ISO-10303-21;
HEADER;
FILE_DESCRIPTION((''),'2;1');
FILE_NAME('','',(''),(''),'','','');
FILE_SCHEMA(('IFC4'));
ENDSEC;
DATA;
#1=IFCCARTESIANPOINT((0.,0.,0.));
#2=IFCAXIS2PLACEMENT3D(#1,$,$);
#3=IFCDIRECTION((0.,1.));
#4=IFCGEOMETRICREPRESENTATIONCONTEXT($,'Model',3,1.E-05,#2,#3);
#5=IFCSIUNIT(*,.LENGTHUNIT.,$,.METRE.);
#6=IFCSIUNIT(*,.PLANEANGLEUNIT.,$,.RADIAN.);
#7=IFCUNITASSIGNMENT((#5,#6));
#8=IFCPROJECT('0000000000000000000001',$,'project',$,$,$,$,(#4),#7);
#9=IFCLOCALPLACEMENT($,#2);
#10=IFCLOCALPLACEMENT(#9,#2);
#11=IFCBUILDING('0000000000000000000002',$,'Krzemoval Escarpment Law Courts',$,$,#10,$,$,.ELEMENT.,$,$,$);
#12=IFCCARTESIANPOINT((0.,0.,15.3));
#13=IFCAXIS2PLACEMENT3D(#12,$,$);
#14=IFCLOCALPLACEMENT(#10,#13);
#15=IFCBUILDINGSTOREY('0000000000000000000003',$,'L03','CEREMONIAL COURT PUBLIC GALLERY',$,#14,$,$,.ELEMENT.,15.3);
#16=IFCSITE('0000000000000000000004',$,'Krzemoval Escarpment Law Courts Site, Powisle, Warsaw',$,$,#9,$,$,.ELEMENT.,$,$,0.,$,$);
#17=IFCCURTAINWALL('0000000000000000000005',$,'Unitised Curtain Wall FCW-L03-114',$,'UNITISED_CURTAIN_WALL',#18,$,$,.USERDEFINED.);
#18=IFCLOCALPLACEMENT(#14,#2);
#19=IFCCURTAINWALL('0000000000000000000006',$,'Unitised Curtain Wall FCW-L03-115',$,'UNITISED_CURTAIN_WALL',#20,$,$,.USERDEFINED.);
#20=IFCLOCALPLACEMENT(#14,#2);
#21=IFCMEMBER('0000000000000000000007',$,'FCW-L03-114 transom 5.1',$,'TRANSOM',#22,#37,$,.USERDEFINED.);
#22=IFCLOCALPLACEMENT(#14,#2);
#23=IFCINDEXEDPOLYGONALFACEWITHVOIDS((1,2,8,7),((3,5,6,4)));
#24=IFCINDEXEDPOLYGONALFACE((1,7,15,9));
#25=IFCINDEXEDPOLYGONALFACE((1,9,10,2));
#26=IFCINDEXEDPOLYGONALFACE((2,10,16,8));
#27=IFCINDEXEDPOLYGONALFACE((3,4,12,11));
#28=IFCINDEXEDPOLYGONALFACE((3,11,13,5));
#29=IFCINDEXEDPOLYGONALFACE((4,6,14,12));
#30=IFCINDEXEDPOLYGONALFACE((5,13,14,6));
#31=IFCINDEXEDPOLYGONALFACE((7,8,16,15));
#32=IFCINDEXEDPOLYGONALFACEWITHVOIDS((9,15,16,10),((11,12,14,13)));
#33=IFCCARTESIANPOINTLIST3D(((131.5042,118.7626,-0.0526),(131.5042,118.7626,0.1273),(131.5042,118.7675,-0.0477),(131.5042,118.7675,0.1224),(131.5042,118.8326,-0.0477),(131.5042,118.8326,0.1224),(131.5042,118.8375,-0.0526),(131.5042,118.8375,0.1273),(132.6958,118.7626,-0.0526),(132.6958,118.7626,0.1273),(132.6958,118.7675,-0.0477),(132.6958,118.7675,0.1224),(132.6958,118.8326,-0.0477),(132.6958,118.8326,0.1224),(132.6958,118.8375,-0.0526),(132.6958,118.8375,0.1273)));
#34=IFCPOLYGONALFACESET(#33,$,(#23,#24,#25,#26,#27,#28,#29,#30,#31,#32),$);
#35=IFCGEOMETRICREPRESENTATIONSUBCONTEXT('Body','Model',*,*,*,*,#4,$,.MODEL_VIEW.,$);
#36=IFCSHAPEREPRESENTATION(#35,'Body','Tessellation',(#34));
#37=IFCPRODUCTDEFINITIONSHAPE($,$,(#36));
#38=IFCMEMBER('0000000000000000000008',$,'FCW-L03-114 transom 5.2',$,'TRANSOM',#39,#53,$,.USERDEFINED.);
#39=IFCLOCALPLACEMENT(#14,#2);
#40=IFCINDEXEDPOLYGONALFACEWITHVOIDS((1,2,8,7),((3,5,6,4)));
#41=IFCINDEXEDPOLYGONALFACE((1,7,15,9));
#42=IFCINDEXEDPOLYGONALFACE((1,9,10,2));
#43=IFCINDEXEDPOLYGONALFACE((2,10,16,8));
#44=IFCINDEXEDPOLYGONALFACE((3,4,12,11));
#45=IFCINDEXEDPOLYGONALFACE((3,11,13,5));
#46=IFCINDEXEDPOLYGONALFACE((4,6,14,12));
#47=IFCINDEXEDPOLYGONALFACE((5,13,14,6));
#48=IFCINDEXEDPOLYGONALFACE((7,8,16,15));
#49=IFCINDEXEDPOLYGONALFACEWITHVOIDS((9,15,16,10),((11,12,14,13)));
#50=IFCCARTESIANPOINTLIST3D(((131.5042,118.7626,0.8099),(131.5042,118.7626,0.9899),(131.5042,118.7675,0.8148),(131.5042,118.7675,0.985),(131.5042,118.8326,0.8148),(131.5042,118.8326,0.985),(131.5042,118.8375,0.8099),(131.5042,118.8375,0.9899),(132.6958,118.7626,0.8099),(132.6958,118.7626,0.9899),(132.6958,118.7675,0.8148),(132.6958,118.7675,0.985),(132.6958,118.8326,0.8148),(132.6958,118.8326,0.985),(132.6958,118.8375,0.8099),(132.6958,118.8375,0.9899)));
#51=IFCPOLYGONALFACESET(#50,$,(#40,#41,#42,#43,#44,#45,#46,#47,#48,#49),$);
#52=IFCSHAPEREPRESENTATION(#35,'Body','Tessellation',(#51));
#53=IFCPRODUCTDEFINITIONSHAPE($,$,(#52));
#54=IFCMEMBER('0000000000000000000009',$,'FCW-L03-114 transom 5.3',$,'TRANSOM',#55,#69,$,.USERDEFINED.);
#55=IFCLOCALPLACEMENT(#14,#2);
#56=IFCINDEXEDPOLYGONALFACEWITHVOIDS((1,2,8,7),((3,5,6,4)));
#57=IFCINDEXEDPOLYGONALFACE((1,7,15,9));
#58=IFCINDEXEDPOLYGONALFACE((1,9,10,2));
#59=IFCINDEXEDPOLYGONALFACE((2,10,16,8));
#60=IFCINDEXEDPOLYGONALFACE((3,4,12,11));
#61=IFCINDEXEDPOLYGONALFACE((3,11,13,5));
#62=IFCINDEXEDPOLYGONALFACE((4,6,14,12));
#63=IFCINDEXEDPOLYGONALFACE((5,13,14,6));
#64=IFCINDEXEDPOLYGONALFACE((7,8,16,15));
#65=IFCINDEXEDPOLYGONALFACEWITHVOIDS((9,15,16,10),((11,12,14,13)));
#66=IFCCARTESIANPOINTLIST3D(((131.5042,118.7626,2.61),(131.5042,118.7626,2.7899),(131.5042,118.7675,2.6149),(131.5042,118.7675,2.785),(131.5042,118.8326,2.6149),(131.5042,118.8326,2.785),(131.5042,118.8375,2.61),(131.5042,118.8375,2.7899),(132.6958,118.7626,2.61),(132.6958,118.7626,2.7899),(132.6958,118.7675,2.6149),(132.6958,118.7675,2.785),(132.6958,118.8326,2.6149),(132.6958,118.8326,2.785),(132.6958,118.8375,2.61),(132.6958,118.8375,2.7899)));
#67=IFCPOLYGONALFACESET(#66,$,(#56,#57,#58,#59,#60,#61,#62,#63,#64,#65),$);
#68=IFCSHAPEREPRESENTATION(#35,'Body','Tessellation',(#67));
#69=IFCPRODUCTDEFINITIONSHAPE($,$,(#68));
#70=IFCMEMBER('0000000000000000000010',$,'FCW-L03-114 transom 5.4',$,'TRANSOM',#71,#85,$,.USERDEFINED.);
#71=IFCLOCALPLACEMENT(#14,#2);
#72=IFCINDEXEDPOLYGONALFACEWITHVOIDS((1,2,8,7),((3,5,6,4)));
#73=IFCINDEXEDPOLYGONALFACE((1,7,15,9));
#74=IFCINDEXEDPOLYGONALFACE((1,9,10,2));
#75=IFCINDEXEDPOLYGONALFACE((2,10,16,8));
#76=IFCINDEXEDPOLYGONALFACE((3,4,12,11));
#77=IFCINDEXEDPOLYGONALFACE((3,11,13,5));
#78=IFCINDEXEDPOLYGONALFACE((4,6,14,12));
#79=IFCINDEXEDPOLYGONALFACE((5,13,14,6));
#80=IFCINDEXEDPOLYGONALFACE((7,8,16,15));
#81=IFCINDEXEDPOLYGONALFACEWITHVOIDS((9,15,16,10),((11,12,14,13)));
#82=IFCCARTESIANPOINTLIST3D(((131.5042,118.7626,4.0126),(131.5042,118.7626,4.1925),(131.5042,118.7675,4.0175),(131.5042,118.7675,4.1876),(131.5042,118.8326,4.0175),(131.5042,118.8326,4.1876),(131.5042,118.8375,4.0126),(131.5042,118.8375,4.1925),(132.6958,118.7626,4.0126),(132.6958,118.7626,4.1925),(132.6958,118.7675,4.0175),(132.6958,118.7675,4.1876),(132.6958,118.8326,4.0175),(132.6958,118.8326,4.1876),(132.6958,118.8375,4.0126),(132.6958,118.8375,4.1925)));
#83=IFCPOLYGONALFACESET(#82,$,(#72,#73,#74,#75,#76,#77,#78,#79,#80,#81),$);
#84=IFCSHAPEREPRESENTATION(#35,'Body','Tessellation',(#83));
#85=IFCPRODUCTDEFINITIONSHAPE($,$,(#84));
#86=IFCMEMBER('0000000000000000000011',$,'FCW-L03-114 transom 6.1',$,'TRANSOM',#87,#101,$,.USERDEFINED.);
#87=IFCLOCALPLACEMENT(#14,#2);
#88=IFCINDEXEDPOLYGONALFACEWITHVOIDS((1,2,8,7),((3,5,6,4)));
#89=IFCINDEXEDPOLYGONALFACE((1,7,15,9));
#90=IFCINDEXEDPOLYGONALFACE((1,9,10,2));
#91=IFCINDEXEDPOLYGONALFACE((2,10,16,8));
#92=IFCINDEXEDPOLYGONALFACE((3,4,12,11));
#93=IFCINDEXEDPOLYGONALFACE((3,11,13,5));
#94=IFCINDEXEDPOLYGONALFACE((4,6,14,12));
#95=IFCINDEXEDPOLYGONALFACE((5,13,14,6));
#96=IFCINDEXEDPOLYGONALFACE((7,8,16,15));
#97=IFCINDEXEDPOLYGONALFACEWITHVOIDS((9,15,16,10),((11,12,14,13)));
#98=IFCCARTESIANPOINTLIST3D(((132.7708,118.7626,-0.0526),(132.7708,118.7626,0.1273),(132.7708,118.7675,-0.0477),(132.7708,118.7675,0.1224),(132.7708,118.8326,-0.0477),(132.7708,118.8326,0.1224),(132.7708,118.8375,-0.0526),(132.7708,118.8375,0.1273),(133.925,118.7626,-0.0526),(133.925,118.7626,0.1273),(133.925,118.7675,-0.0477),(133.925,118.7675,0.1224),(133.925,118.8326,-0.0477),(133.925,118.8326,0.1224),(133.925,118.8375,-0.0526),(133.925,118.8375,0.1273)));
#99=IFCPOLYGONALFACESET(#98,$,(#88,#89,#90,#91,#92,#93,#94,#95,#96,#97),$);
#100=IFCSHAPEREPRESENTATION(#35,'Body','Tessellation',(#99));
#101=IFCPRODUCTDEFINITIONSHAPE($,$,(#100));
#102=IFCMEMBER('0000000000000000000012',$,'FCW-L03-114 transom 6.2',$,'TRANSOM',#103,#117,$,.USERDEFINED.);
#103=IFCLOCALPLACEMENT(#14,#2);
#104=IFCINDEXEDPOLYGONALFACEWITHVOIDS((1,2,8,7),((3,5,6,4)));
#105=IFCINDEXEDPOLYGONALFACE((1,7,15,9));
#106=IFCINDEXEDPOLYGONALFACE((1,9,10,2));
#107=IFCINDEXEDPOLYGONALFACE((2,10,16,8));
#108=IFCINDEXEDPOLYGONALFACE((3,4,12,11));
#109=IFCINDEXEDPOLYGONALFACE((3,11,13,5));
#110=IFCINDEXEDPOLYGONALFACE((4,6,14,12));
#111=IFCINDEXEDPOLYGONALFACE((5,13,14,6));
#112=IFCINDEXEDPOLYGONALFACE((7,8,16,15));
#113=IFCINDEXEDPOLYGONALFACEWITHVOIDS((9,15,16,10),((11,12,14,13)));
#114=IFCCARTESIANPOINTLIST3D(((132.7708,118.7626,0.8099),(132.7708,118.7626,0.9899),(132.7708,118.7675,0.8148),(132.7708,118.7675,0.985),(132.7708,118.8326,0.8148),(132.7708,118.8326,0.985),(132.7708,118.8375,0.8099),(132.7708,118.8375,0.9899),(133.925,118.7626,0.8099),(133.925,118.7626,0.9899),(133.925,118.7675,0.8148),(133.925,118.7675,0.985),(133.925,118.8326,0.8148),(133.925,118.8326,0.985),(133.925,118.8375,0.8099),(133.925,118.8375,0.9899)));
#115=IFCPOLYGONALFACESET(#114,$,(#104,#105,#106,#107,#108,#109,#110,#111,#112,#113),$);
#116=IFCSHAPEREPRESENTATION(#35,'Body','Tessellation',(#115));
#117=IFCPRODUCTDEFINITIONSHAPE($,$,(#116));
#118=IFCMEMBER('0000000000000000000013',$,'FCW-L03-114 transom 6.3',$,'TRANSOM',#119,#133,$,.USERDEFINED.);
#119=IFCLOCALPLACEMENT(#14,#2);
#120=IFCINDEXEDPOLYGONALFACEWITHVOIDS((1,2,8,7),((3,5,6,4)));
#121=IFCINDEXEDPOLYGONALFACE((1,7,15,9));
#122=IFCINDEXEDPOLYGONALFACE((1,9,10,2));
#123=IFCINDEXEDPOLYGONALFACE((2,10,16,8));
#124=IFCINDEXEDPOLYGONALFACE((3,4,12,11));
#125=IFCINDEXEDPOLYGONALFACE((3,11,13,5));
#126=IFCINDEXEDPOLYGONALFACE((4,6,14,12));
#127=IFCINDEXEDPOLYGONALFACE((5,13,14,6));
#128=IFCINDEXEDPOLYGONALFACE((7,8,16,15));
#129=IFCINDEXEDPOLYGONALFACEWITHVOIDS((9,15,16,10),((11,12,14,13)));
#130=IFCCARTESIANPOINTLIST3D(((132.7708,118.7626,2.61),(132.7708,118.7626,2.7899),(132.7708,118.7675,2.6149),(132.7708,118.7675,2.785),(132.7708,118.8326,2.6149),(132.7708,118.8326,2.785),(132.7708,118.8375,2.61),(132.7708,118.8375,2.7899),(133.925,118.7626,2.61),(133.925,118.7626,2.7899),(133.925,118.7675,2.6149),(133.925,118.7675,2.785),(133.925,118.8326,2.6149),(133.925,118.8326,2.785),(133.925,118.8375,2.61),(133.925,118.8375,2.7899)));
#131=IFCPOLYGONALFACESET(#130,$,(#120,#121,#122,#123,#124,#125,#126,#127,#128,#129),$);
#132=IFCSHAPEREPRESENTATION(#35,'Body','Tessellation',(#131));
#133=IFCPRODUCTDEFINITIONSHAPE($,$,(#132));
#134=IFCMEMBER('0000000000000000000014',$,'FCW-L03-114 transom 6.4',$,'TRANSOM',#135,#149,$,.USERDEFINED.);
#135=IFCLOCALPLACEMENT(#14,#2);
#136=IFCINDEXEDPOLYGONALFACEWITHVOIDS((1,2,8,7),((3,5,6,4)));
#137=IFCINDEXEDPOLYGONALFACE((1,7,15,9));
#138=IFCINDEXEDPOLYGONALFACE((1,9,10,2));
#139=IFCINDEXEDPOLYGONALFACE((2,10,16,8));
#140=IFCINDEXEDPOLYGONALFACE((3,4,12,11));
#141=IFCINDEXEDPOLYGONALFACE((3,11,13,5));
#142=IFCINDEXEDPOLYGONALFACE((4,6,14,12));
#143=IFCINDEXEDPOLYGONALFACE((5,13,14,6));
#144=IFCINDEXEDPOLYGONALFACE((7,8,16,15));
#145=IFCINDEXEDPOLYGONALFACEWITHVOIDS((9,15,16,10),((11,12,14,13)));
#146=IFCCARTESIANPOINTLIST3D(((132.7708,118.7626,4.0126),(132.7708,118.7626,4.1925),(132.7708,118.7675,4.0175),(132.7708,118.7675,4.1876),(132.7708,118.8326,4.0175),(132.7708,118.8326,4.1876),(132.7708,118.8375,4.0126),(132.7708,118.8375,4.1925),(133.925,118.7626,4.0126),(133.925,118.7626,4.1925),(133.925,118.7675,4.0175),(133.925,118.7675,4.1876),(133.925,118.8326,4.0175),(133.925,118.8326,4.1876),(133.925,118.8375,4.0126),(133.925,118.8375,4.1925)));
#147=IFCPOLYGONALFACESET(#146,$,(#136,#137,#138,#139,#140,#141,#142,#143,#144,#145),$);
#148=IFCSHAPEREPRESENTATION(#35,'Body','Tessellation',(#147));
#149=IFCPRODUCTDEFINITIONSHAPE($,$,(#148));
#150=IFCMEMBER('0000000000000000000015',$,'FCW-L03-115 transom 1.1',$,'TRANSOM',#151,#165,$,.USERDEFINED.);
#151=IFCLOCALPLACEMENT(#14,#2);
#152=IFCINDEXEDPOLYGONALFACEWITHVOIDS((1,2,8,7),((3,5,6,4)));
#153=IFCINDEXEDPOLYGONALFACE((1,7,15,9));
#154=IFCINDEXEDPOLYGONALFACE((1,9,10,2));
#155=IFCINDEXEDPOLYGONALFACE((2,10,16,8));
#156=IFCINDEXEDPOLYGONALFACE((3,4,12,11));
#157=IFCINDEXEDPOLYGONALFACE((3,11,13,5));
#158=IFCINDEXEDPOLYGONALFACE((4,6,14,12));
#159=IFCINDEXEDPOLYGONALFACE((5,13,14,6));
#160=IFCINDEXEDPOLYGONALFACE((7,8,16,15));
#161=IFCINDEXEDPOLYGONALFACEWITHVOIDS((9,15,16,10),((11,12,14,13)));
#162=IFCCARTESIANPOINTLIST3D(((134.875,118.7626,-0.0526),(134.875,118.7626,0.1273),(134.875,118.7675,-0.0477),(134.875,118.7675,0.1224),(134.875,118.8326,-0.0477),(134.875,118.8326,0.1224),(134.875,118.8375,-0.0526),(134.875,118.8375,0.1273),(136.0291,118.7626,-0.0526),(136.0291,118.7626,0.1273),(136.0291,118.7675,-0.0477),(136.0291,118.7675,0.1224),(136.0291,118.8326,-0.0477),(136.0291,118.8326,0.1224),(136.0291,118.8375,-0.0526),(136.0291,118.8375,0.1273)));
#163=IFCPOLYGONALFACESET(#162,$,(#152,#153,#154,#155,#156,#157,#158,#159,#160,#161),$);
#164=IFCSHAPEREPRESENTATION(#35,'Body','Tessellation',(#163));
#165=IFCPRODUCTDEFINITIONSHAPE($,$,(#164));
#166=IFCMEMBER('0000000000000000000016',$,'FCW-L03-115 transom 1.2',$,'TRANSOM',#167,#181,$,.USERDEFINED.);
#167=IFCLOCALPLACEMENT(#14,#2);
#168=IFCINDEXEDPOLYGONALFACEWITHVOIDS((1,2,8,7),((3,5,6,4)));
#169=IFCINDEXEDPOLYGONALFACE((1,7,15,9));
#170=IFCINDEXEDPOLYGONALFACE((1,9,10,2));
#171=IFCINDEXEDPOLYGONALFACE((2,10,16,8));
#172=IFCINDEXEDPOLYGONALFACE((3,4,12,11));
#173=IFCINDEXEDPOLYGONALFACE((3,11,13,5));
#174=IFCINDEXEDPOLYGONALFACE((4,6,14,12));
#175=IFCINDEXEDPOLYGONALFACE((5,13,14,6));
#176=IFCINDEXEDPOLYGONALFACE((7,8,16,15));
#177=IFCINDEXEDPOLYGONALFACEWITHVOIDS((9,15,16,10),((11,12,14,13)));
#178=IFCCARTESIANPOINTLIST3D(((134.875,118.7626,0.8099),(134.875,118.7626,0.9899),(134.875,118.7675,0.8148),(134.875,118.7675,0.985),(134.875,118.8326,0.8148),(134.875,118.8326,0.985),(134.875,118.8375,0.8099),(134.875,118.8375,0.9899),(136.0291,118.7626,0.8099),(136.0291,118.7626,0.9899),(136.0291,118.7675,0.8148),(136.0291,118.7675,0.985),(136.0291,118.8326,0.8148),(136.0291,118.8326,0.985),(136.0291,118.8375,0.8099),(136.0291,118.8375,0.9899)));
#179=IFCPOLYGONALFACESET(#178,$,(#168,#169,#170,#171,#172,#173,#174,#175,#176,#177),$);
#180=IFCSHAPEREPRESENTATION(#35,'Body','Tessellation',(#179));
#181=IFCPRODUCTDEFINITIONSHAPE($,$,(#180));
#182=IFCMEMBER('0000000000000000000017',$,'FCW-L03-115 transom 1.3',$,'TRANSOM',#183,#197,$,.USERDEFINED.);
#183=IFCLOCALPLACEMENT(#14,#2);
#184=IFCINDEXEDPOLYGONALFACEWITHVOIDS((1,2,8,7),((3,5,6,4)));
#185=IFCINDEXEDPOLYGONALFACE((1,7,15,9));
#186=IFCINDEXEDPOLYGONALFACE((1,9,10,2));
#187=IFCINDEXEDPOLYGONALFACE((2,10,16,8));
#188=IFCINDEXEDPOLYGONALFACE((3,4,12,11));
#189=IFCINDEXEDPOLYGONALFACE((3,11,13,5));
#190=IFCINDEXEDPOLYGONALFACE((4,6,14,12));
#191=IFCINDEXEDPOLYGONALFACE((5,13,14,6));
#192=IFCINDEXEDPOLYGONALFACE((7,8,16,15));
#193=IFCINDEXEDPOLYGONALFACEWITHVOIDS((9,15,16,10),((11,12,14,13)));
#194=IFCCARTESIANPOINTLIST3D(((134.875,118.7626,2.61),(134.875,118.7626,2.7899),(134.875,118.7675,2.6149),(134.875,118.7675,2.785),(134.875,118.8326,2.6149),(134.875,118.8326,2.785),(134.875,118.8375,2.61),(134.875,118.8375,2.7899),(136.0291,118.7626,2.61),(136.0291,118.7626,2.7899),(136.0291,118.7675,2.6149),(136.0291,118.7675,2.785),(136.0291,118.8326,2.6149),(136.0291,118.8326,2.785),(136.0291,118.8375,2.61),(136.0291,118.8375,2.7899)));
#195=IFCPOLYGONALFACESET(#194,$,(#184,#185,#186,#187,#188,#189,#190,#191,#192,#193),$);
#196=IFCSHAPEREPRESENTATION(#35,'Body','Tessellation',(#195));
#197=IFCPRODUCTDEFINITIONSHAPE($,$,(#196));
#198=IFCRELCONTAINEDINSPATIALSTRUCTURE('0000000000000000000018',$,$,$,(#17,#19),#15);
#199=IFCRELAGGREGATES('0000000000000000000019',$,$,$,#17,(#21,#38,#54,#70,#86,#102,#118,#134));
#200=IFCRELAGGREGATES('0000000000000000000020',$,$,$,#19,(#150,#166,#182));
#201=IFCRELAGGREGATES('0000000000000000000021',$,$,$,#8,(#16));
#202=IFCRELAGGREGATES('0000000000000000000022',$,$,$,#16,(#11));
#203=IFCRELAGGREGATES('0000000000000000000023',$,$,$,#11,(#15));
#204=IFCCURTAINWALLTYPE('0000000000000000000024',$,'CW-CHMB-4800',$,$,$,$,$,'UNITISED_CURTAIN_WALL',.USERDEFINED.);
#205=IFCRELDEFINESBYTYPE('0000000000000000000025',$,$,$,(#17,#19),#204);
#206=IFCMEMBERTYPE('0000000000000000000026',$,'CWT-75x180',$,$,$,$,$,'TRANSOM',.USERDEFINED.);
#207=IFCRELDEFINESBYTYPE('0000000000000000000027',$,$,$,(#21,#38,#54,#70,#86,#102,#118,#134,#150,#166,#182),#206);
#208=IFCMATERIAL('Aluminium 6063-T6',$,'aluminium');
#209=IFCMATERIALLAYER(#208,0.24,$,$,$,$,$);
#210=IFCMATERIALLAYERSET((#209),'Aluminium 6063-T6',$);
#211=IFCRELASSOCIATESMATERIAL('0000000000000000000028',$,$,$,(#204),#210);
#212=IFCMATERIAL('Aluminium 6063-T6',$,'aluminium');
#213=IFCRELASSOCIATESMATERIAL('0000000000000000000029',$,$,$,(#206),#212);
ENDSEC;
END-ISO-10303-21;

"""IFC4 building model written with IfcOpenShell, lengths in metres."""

from ifc_helpers import new_model, si_unit, direction, frame, origin, origin_2d, place, context, subcontext, project, spatial, hollow_rectangle, extrude, material, layer, layer_set, material_profile, profile_set, type_object, element, aggregate, save


model = new_model("IFC4")

# Units and contexts
model_context = context("Model", 3, precision=1e-05, world=origin(), true_north=direction((0.0, 1.0)))
body_context = subcontext(model_context, "Body", "Model", "MODEL_VIEW")
ifc_project = project(units=[si_unit("LENGTHUNIT", "METRE"), si_unit("PLANEANGLEUNIT", "RADIAN")], contexts=[model_context])

# Site, building, storey
site_placement = place(None, origin())
site = spatial("IfcSite", under=ifc_project, at=site_placement, Name="Krzemoval Escarpment Law Courts Site, Powisle, Warsaw", CompositionType="ELEMENT", RefElevation=0.0)
building_placement = place(site_placement, origin())
building = spatial("IfcBuilding", under=site, at=building_placement, Name="Krzemoval Escarpment Law Courts", CompositionType="ELEMENT")
storey_placement = place(building_placement, frame((0.0, 0.0, 15.3)))
storey = spatial("IfcBuildingStorey", under=building, at=storey_placement, Name="L03", Description="CEREMONIAL COURT PUBLIC GALLERY", CompositionType="ELEMENT", Elevation=15.3)

# Curtain wall
ifc_material_1 = material(Name="Aluminium 6063-T6", Category="aluminium")
ifc_layer_1 = layer(ifc_material_1, 0.24)
ifc_layer_set_1 = layer_set([ifc_layer_1], Name="Aluminium 6063-T6")
curtain_wall_type = type_object("IfcCurtainWallType", Name="CW-CHMB-4800", ElementType="UNITISED_CURTAIN_WALL", PredefinedType="USERDEFINED", material=ifc_layer_set_1)
curtain_wall_1_placement = place(storey_placement, origin())
curtain_wall_1 = element("IfcCurtainWall", 1, at=curtain_wall_1_placement, inside=storey, type_object=curtain_wall_type, Name="Unitised Curtain Wall FCW-L03-114", ObjectType="UNITISED_CURTAIN_WALL", PredefinedType="USERDEFINED")

# Curtain wall
curtain_wall_2_placement = place(storey_placement, origin())
curtain_wall_2 = element("IfcCurtainWall", 2, at=curtain_wall_2_placement, inside=storey, type_object=curtain_wall_type, Name="Unitised Curtain Wall FCW-L03-115", ObjectType="UNITISED_CURTAIN_WALL", PredefinedType="USERDEFINED")

# Members
ifc_material_2 = material(Name="Aluminium 6063-T6", Category="aluminium")
ifc_material_profile_1 = material_profile(ifc_material_2, hollow_rectangle(XDim=0.075, YDim=0.1799, WallThickness=0.0049, at=origin_2d()), Name="ALU T75x180")
ifc_profile_set_1 = profile_set([ifc_material_profile_1], Name="Aluminium 6063-T6")
member_type_1 = type_object("IfcMemberType", Name="CWT-75x180", ElementType="TRANSOM", PredefinedType="USERDEFINED", material=ifc_profile_set_1)
member_1_placement = place(storey_placement, frame((131.5042, 118.8, 0.0374), z_axis=(1.0, 0.0, 0.0), x_axis=(0.0, 1.0, 0.0)))
member_1 = element("IfcMember", 3, at=member_1_placement, type_object=member_type_1, Name="FCW-L03-114 transom 5.1", ObjectType="TRANSOM", PredefinedType="USERDEFINED", context=body_context, shape_type="SweptSolid", body=[
    extrude(hollow_rectangle(XDim=0.075, YDim=0.1799, WallThickness=0.0049, at=origin_2d()), origin(), (0.0, 0.0, 1.0), 1.1917),
])
member_2_placement = place(storey_placement, frame((131.5042, 118.8, 0.8999), z_axis=(1.0, 0.0, 0.0), x_axis=(0.0, 1.0, 0.0)))
member_2 = element("IfcMember", 4, at=member_2_placement, type_object=member_type_1, Name="FCW-L03-114 transom 5.2", ObjectType="TRANSOM", PredefinedType="USERDEFINED", context=body_context, shape_type="SweptSolid", body=[
    extrude(hollow_rectangle(XDim=0.075, YDim=0.1799, WallThickness=0.0049, at=origin_2d()), origin(), (0.0, 0.0, 1.0), 1.1917),
])
member_3_placement = place(storey_placement, frame((131.5042, 118.8, 2.7), z_axis=(1.0, 0.0, 0.0), x_axis=(0.0, 1.0, 0.0)))
member_3 = element("IfcMember", 5, at=member_3_placement, type_object=member_type_1, Name="FCW-L03-114 transom 5.3", ObjectType="TRANSOM", PredefinedType="USERDEFINED", context=body_context, shape_type="SweptSolid", body=[
    extrude(hollow_rectangle(XDim=0.075, YDim=0.1799, WallThickness=0.0049, at=origin_2d()), origin(), (0.0, 0.0, 1.0), 1.1917),
])
member_4_placement = place(storey_placement, frame((131.5042, 118.8, 4.1025), z_axis=(1.0, 0.0, 0.0), x_axis=(0.0, 1.0, 0.0)))
member_4 = element("IfcMember", 6, at=member_4_placement, type_object=member_type_1, Name="FCW-L03-114 transom 5.4", ObjectType="TRANSOM", PredefinedType="USERDEFINED", context=body_context, shape_type="SweptSolid", body=[
    extrude(hollow_rectangle(XDim=0.075, YDim=0.1799, WallThickness=0.0049, at=origin_2d()), origin(), (0.0, 0.0, 1.0), 1.1917),
])
member_5_placement = place(storey_placement, frame((132.7708, 118.8, 0.0374), z_axis=(1.0, 0.0, 0.0), x_axis=(0.0, 1.0, 0.0)))
member_5 = element("IfcMember", 7, at=member_5_placement, type_object=member_type_1, Name="FCW-L03-114 transom 6.1", ObjectType="TRANSOM", PredefinedType="USERDEFINED", context=body_context, shape_type="SweptSolid", body=[
    extrude(hollow_rectangle(XDim=0.075, YDim=0.1799, WallThickness=0.0049, at=origin_2d()), origin(), (0.0, 0.0, 1.0), 1.1543),
])
member_6_placement = place(storey_placement, frame((132.7708, 118.8, 0.8999), z_axis=(1.0, 0.0, 0.0), x_axis=(0.0, 1.0, 0.0)))
member_6 = element("IfcMember", 8, at=member_6_placement, type_object=member_type_1, Name="FCW-L03-114 transom 6.2", ObjectType="TRANSOM", PredefinedType="USERDEFINED", context=body_context, shape_type="SweptSolid", body=[
    extrude(hollow_rectangle(XDim=0.075, YDim=0.1799, WallThickness=0.0049, at=origin_2d()), origin(), (0.0, 0.0, 1.0), 1.1543),
])
member_7_placement = place(storey_placement, frame((132.7708, 118.8, 2.7), z_axis=(1.0, 0.0, 0.0), x_axis=(0.0, 1.0, 0.0)))
member_7 = element("IfcMember", 9, at=member_7_placement, type_object=member_type_1, Name="FCW-L03-114 transom 6.3", ObjectType="TRANSOM", PredefinedType="USERDEFINED", context=body_context, shape_type="SweptSolid", body=[
    extrude(hollow_rectangle(XDim=0.075, YDim=0.1799, WallThickness=0.0049, at=origin_2d()), origin(), (0.0, 0.0, 1.0), 1.1543),
])
member_8_placement = place(storey_placement, frame((132.7708, 118.8, 4.1025), z_axis=(1.0, 0.0, 0.0), x_axis=(0.0, 1.0, 0.0)))
member_8 = element("IfcMember", 10, at=member_8_placement, type_object=member_type_1, Name="FCW-L03-114 transom 6.4", ObjectType="TRANSOM", PredefinedType="USERDEFINED", context=body_context, shape_type="SweptSolid", body=[
    extrude(hollow_rectangle(XDim=0.075, YDim=0.1799, WallThickness=0.0049, at=origin_2d()), origin(), (0.0, 0.0, 1.0), 1.1543),
])
member_9_placement = place(storey_placement, frame((134.875, 118.8, 0.0374), z_axis=(1.0, 0.0, 0.0), x_axis=(0.0, 1.0, 0.0)))
member_9 = element("IfcMember", 11, at=member_9_placement, type_object=member_type_1, Name="FCW-L03-115 transom 1.1", ObjectType="TRANSOM", PredefinedType="USERDEFINED", context=body_context, shape_type="SweptSolid", body=[
    extrude(hollow_rectangle(XDim=0.075, YDim=0.1799, WallThickness=0.0049, at=origin_2d()), origin(), (0.0, 0.0, 1.0), 1.1541),
])
member_10_placement = place(storey_placement, frame((134.875, 118.8, 0.8999), z_axis=(1.0, 0.0, 0.0), x_axis=(0.0, 1.0, 0.0)))
member_10 = element("IfcMember", 12, at=member_10_placement, type_object=member_type_1, Name="FCW-L03-115 transom 1.2", ObjectType="TRANSOM", PredefinedType="USERDEFINED", context=body_context, shape_type="SweptSolid", body=[
    extrude(hollow_rectangle(XDim=0.075, YDim=0.1799, WallThickness=0.0049, at=origin_2d()), origin(), (0.0, 0.0, 1.0), 1.1541),
])
member_11_placement = place(storey_placement, frame((134.875, 118.8, 2.7), z_axis=(1.0, 0.0, 0.0), x_axis=(0.0, 1.0, 0.0)))
member_11 = element("IfcMember", 13, at=member_11_placement, type_object=member_type_1, Name="FCW-L03-115 transom 1.3", ObjectType="TRANSOM", PredefinedType="USERDEFINED", context=body_context, shape_type="SweptSolid", body=[
    extrude(hollow_rectangle(XDim=0.075, YDim=0.1799, WallThickness=0.0049, at=origin_2d()), origin(), (0.0, 0.0, 1.0), 1.1541),
])

aggregate(curtain_wall_1, [member_1, member_2, member_3, member_4, member_5, member_6, member_7, member_8])
aggregate(curtain_wall_2, [member_9, member_10, member_11])

save(model, "model.ifc")
